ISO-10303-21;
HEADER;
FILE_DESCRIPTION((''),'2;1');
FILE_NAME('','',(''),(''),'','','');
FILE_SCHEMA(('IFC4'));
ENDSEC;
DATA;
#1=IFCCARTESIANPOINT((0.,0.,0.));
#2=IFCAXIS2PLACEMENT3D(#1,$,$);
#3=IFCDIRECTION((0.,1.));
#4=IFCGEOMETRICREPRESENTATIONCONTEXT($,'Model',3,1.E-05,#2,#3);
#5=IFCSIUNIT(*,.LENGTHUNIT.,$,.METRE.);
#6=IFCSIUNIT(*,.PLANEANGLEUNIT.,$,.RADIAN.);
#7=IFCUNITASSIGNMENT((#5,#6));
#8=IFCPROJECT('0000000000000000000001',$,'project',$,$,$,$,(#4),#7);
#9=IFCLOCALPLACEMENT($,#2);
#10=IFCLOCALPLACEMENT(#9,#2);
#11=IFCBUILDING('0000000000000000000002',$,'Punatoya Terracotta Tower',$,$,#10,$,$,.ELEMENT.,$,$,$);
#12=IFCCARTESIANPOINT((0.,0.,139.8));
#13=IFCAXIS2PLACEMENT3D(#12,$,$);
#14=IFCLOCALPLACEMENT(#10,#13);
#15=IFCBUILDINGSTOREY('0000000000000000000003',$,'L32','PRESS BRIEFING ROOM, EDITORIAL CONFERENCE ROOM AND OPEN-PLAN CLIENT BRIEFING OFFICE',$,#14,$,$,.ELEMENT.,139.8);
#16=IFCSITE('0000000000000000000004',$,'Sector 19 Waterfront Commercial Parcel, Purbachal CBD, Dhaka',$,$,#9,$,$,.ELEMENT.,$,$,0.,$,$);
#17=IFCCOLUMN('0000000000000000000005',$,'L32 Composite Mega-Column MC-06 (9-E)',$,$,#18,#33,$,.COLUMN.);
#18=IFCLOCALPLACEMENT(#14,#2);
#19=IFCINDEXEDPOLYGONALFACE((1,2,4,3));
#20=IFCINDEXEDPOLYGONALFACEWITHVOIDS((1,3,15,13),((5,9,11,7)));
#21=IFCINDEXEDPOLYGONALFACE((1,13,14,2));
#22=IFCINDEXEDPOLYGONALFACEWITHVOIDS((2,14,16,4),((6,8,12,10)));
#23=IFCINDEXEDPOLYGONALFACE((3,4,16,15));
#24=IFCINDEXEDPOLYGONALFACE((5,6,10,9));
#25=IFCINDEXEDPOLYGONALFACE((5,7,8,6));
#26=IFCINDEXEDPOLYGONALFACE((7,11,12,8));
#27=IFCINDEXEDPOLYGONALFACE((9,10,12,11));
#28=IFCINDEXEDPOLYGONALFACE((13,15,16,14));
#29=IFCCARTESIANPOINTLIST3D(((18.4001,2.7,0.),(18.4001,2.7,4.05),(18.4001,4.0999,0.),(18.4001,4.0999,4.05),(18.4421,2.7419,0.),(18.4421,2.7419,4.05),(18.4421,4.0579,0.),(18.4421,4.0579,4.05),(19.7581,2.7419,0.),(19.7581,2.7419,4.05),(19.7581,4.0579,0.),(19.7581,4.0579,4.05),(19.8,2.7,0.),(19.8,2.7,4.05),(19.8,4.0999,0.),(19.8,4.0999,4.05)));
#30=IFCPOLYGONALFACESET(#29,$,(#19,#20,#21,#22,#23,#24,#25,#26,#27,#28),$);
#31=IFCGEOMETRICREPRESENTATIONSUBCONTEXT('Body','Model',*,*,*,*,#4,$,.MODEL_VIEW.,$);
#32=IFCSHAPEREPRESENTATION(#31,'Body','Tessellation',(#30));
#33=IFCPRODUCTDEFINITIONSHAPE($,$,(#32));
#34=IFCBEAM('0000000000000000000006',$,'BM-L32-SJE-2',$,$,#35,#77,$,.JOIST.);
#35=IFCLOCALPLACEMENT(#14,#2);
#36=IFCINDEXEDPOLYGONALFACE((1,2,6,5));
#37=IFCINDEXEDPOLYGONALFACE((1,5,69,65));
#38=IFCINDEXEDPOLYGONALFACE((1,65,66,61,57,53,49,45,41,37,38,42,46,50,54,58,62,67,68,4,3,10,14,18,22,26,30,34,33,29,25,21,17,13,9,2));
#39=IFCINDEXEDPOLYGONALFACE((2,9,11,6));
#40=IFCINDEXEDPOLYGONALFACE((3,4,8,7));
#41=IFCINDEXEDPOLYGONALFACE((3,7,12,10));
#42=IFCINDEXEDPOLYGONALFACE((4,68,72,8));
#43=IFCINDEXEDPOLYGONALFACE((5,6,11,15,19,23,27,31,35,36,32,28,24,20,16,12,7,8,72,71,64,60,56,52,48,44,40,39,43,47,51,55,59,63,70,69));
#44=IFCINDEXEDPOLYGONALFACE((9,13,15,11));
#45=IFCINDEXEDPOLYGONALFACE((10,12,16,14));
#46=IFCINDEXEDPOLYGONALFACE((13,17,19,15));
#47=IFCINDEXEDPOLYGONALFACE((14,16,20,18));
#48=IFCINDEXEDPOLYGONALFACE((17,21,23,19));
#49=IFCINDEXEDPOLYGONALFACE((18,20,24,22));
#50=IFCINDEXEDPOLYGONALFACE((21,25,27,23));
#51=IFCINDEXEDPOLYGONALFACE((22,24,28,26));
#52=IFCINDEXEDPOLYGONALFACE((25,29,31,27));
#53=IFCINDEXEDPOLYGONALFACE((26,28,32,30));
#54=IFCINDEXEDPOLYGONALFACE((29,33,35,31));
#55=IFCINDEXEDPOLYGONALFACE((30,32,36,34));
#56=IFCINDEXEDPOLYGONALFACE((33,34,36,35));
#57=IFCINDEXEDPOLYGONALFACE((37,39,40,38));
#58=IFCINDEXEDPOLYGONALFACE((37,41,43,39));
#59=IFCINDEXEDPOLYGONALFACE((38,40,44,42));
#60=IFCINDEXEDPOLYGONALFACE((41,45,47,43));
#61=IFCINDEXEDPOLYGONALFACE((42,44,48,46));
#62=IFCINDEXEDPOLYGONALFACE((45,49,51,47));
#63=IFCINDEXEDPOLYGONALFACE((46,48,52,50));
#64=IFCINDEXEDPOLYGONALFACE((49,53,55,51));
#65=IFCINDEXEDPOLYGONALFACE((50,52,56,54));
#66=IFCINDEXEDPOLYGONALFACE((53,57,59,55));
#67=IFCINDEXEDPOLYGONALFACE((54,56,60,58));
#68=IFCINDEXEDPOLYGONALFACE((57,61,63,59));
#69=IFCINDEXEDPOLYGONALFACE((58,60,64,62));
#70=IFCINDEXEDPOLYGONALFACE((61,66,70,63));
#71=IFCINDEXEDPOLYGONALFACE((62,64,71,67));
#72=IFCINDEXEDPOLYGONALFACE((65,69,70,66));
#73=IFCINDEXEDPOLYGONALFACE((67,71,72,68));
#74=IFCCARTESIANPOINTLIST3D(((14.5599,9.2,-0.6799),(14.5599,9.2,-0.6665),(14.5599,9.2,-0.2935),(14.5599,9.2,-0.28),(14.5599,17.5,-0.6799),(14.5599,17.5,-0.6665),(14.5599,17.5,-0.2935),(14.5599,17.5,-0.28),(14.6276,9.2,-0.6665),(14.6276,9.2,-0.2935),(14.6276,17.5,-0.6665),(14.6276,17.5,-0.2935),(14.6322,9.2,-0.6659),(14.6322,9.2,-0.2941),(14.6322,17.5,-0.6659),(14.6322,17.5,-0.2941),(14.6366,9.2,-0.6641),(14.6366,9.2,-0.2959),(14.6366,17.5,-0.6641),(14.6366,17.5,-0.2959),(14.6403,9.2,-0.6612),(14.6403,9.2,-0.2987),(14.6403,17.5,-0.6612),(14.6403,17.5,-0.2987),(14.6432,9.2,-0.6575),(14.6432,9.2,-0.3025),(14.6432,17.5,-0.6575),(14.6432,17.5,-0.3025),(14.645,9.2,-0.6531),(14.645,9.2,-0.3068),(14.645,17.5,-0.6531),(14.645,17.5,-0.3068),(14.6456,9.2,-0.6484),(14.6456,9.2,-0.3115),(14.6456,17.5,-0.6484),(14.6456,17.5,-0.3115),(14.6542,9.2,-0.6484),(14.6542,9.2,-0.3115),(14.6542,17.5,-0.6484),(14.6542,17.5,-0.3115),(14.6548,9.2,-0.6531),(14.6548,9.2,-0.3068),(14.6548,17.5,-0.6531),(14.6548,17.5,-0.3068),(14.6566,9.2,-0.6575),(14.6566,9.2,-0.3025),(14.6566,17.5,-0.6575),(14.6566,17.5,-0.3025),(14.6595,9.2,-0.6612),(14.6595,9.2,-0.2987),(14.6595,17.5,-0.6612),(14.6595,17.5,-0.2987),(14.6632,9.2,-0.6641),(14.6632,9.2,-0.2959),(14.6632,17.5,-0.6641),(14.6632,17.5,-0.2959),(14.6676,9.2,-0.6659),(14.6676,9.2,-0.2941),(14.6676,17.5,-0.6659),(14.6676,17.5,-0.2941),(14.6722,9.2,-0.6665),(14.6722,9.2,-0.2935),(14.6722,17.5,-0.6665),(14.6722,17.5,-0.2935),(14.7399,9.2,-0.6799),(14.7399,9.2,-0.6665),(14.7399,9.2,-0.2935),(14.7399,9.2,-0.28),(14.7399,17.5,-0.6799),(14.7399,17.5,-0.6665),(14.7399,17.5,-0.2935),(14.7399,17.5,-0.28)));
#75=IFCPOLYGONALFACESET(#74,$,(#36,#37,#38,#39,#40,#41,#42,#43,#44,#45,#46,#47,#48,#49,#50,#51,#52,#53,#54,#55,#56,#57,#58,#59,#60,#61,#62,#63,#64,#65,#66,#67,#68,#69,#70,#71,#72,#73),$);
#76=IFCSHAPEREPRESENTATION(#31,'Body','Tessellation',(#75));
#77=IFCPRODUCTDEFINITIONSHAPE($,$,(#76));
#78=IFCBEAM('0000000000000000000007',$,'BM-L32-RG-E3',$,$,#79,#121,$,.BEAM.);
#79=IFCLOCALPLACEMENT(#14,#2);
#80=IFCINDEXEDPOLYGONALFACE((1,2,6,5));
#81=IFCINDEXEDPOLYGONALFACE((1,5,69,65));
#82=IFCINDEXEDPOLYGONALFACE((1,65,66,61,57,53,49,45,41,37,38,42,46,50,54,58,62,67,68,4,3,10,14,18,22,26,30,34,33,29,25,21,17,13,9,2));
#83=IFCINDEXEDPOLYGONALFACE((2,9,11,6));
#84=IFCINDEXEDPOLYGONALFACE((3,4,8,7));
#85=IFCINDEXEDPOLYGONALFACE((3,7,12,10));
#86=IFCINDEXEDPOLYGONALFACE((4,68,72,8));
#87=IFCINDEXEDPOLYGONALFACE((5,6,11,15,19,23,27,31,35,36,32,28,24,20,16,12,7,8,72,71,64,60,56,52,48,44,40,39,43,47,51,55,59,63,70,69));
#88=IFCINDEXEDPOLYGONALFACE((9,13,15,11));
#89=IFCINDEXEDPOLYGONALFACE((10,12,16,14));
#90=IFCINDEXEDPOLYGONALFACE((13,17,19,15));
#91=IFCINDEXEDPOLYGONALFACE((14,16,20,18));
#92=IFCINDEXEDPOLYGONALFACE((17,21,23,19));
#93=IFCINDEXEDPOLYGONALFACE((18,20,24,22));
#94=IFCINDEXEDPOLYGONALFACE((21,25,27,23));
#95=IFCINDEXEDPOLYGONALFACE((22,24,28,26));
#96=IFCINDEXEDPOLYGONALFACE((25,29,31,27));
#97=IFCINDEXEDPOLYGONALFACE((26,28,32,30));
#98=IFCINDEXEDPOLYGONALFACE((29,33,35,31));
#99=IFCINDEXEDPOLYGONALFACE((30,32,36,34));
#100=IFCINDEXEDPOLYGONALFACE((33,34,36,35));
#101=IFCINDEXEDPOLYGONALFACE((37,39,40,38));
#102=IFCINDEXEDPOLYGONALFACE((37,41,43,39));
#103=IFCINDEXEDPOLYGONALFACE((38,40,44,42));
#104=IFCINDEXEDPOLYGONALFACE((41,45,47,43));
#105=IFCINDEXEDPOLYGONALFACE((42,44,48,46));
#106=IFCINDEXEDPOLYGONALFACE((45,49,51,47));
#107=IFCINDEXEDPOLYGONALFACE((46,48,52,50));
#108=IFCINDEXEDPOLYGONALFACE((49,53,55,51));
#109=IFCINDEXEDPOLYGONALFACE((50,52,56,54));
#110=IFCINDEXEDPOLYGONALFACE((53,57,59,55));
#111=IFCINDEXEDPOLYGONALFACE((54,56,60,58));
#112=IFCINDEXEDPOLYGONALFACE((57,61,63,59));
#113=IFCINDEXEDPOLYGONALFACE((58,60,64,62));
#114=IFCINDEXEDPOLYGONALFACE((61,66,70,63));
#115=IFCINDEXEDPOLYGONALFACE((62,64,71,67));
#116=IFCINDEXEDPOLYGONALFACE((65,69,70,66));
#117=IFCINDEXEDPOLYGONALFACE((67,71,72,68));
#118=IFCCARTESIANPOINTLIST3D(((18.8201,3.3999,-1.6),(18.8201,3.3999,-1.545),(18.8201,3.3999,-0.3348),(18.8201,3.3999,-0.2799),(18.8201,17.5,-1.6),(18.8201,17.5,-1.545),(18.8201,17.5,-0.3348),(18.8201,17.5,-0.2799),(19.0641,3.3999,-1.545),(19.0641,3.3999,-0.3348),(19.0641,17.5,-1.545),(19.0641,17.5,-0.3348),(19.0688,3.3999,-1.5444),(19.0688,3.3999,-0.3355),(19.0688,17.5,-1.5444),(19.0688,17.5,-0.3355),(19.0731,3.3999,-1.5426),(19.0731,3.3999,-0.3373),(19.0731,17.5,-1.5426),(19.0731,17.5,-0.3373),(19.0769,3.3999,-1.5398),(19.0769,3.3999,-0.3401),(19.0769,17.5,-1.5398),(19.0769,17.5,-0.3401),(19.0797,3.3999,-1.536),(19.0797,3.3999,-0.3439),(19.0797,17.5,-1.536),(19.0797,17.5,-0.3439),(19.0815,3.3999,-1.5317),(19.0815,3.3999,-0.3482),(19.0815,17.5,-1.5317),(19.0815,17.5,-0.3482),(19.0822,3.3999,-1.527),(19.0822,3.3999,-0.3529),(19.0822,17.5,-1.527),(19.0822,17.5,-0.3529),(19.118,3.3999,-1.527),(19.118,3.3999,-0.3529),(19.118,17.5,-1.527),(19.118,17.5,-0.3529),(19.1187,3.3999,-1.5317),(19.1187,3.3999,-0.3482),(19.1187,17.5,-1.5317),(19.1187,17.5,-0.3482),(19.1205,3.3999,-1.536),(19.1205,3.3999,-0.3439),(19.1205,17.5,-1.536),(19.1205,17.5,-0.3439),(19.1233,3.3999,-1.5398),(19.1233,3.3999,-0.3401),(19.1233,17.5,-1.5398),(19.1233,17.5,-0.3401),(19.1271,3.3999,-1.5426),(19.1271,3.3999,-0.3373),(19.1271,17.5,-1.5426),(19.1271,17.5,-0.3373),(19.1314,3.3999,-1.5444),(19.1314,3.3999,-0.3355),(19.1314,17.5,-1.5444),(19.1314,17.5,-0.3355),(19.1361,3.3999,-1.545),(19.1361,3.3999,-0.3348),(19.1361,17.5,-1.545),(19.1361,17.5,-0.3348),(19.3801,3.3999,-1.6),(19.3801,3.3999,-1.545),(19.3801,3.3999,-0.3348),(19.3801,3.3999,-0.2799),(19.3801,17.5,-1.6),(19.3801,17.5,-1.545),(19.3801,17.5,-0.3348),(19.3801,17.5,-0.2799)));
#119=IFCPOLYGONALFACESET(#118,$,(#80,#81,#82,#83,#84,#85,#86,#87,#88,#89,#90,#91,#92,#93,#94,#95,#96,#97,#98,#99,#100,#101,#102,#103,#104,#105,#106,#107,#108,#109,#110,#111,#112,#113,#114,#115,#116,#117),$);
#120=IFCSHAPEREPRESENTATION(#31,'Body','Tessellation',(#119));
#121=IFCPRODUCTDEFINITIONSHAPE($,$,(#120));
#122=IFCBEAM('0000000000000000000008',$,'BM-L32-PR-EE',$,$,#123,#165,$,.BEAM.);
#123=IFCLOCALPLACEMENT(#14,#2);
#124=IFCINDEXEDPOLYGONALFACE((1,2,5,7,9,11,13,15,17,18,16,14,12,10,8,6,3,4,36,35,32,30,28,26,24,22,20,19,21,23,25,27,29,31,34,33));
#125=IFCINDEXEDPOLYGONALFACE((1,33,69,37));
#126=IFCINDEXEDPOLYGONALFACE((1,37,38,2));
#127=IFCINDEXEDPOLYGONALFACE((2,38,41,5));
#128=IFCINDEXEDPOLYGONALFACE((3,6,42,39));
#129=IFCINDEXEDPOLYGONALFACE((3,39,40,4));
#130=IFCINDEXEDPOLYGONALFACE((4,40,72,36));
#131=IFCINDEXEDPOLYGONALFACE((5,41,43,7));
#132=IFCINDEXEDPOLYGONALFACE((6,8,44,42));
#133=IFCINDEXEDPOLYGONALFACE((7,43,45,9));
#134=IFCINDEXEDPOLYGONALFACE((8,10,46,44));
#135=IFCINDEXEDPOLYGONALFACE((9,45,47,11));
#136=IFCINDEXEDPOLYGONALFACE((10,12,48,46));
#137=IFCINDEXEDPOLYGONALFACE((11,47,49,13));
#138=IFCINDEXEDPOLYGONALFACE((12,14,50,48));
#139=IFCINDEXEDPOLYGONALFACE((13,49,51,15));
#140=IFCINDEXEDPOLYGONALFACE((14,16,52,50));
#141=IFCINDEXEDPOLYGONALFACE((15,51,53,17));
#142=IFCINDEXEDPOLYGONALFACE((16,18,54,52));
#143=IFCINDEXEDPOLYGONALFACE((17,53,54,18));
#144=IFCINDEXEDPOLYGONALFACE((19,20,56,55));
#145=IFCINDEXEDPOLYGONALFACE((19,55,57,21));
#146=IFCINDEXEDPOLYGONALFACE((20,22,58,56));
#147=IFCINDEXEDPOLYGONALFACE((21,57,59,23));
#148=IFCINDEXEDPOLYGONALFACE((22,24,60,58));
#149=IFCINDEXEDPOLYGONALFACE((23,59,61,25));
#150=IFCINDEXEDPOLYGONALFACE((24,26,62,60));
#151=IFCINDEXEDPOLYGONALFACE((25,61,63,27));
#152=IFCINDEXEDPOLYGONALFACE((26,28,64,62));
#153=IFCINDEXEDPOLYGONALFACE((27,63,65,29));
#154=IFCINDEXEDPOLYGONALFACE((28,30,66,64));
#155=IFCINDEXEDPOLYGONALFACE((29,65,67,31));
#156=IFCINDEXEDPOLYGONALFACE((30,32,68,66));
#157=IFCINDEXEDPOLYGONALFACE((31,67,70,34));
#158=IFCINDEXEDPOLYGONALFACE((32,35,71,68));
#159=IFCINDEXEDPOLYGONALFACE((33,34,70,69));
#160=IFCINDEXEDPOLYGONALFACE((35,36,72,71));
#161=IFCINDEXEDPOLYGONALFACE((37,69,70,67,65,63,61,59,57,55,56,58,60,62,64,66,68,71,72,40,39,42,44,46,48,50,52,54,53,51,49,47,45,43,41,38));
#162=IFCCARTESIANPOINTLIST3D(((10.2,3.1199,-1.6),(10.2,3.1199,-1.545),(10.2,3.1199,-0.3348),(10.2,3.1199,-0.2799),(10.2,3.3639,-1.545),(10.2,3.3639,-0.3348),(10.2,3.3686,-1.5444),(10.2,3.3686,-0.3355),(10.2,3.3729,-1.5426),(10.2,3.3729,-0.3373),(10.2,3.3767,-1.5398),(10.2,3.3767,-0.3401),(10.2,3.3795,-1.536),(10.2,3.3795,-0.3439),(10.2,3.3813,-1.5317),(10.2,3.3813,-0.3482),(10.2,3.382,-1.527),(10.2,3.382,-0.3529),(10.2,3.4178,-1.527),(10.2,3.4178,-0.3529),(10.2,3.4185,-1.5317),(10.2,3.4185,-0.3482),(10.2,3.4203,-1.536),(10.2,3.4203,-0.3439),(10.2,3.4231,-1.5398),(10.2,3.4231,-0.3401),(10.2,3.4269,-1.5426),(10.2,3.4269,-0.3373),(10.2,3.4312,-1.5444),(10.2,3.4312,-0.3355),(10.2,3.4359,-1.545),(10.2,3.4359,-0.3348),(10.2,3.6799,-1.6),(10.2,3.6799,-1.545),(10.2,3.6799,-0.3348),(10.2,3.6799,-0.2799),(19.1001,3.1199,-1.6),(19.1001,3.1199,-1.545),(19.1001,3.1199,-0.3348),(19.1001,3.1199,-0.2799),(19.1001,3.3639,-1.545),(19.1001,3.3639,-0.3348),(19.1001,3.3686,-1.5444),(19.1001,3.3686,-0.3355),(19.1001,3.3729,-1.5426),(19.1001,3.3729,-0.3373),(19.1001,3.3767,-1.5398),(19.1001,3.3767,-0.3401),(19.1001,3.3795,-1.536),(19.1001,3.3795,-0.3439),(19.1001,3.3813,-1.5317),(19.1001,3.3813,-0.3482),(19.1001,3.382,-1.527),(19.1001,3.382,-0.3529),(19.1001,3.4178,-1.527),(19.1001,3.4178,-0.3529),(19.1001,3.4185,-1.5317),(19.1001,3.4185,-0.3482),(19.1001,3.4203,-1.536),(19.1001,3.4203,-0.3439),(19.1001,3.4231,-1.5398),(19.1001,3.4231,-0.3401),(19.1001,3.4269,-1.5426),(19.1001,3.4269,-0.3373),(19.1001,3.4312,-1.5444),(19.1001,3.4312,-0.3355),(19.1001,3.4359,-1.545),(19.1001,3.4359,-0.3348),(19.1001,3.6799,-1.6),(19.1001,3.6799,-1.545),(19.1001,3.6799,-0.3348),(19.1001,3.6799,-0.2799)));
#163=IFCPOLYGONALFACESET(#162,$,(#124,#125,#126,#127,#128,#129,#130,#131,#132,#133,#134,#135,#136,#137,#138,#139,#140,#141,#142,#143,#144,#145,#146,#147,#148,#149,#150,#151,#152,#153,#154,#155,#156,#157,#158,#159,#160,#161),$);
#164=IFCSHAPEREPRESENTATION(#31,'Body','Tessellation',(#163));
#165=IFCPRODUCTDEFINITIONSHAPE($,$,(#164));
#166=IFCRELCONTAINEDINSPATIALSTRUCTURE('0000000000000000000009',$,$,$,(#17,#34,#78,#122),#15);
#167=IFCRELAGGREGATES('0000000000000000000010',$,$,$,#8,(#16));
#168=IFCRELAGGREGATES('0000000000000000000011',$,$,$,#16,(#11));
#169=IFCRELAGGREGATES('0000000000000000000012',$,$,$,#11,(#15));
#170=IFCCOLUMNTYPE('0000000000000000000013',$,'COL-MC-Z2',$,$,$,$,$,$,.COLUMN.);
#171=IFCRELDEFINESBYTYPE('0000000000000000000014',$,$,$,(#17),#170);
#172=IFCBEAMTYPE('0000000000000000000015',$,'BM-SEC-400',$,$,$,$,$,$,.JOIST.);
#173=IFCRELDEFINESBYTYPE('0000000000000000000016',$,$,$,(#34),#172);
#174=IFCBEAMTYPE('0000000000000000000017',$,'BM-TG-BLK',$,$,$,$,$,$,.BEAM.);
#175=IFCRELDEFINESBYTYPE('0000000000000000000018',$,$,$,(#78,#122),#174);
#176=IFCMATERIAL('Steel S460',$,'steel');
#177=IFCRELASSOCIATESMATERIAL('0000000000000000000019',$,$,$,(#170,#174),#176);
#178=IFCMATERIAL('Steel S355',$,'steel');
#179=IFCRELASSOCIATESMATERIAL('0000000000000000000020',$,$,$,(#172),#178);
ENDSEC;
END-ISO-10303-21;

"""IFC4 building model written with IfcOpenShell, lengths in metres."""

from ifc_helpers import new_model, si_unit, direction, frame, origin, origin_2d, place, context, subcontext, project, spatial, hollow_rectangle, i_section, extrude, material, material_profile, profile_set, type_object, element, save


model = new_model("IFC4")

# Units and contexts
model_context = context("Model", 3, precision=1e-05, world=origin(), true_north=direction((0.0, 1.0)))
body_context = subcontext(model_context, "Body", "Model", "MODEL_VIEW")
ifc_project = project(units=[si_unit("LENGTHUNIT", "METRE"), si_unit("PLANEANGLEUNIT", "RADIAN")], contexts=[model_context])

# Site, building, storey
site_placement = place(None, origin())
site = spatial("IfcSite", under=ifc_project, at=site_placement, Name="Sector 19 Waterfront Commercial Parcel, Purbachal CBD, Dhaka", CompositionType="ELEMENT", RefElevation=0.0)
building_placement = place(site_placement, origin())
building = spatial("IfcBuilding", under=site, at=building_placement, Name="Punatoya Terracotta Tower", CompositionType="ELEMENT")
storey_placement = place(building_placement, frame((0.0, 0.0, 139.8)))
storey = spatial("IfcBuildingStorey", under=building, at=storey_placement, Name="L32", Description="PRESS BRIEFING ROOM, EDITORIAL CONFERENCE ROOM AND OPEN-PLAN CLIENT BRIEFING OFFICE", CompositionType="ELEMENT", Elevation=139.8)

# Column
ifc_material_1 = material(Name="Steel S460", Category="steel")
ifc_material_profile_1 = material_profile(ifc_material_1, hollow_rectangle(XDim=1.3999, YDim=1.3999, WallThickness=0.042, at=origin_2d()))
ifc_profile_set_1 = profile_set([ifc_material_profile_1], Name="Steel S460")
column_type = type_object("IfcColumnType", Name="COL-MC-Z2", PredefinedType="COLUMN", material=ifc_profile_set_1)
column_placement = place(storey_placement, frame((19.1001, 3.3999, 0.0), z_axis=(0.0, 0.0, 1.0), x_axis=(1.0, 0.0, 0.0)))
element("IfcColumn", 1, at=column_placement, inside=storey, type_object=column_type, Name="L32 Composite Mega-Column MC-06 (9-E)", PredefinedType="COLUMN", context=body_context, shape_type="SweptSolid", body=[
    extrude(hollow_rectangle(XDim=1.3999, YDim=1.3999, WallThickness=0.042, at=origin_2d()), origin(), (0.0, 0.0, 1.0), 4.05),
])

# Beams
ifc_material_2 = material(Name="Steel S355", Category="steel")
ifc_material_profile_2 = material_profile(ifc_material_2, i_section(OverallWidth=0.1799, OverallDepth=0.3999, WebThickness=0.0085, FlangeThickness=0.0134, FilletRadius=0.0181, at=origin_2d()))
ifc_profile_set_2 = profile_set([ifc_material_profile_2], Name="Steel S355")
beam_type_1 = type_object("IfcBeamType", Name="BM-SEC-400", PredefinedType="JOIST", material=ifc_profile_set_2)
beam_1_placement = place(storey_placement, frame((14.6499, 9.2, -0.48), z_axis=(0.0, 1.0, 0.0), x_axis=(-1.0, 0.0, 0.0)))
element("IfcBeam", 2, at=beam_1_placement, inside=storey, type_object=beam_type_1, Name="BM-L32-SJE-2", PredefinedType="JOIST", context=body_context, shape_type="SweptSolid", body=[
    extrude(i_section(OverallWidth=0.1799, OverallDepth=0.3999, WebThickness=0.0085, FlangeThickness=0.0134, FilletRadius=0.0181, at=origin_2d()), origin(), (0.0, 0.0, 1.0), 8.3),
])
ifc_material_profile_3 = material_profile(ifc_material_1, i_section(OverallWidth=0.5601, OverallDepth=1.3201, WebThickness=0.0359, FlangeThickness=0.0549, FilletRadius=0.0181, at=origin_2d()))
ifc_profile_set_3 = profile_set([ifc_material_profile_3], Name="Steel S460")
beam_type_2 = type_object("IfcBeamType", Name="BM-TG-BLK", PredefinedType="BEAM", material=ifc_profile_set_3)
beam_2_placement = place(storey_placement, frame((19.1001, 3.3999, -0.9399), z_axis=(0.0, 1.0, 0.0), x_axis=(-1.0, 0.0, 0.0)))
element("IfcBeam", 3, at=beam_2_placement, inside=storey, type_object=beam_type_2, Name="BM-L32-RG-E3", PredefinedType="BEAM", context=body_context, shape_type="SweptSolid", body=[
    extrude(i_section(OverallWidth=0.5601, OverallDepth=1.3201, WebThickness=0.0359, FlangeThickness=0.0549, FilletRadius=0.0181, at=origin_2d()), origin(), (0.0, 0.0, 1.0), 14.1001),
])
for number, where, z_axis, x_axis, name in (
    (4, (10.2, 3.3999, -0.9399), (1.0, 0.0, 0.0), (0.0, 1.0, 0.0), "BM-L32-PR-EE"),
):
    element("IfcBeam", number, at=place(storey_placement, frame(where, z_axis=z_axis, x_axis=x_axis)), inside=storey, type_object=beam_type_2, Name=name, PredefinedType="BEAM", context=body_context, shape_type="SweptSolid", body=[
        extrude(i_section(OverallWidth=0.5601, OverallDepth=1.3201, WebThickness=0.0359, FlangeThickness=0.0549, FilletRadius=0.0181, at=origin_2d()), origin(), (0.0, 0.0, 1.0), 8.9001),
    ])

save(model, "model.ifc")
